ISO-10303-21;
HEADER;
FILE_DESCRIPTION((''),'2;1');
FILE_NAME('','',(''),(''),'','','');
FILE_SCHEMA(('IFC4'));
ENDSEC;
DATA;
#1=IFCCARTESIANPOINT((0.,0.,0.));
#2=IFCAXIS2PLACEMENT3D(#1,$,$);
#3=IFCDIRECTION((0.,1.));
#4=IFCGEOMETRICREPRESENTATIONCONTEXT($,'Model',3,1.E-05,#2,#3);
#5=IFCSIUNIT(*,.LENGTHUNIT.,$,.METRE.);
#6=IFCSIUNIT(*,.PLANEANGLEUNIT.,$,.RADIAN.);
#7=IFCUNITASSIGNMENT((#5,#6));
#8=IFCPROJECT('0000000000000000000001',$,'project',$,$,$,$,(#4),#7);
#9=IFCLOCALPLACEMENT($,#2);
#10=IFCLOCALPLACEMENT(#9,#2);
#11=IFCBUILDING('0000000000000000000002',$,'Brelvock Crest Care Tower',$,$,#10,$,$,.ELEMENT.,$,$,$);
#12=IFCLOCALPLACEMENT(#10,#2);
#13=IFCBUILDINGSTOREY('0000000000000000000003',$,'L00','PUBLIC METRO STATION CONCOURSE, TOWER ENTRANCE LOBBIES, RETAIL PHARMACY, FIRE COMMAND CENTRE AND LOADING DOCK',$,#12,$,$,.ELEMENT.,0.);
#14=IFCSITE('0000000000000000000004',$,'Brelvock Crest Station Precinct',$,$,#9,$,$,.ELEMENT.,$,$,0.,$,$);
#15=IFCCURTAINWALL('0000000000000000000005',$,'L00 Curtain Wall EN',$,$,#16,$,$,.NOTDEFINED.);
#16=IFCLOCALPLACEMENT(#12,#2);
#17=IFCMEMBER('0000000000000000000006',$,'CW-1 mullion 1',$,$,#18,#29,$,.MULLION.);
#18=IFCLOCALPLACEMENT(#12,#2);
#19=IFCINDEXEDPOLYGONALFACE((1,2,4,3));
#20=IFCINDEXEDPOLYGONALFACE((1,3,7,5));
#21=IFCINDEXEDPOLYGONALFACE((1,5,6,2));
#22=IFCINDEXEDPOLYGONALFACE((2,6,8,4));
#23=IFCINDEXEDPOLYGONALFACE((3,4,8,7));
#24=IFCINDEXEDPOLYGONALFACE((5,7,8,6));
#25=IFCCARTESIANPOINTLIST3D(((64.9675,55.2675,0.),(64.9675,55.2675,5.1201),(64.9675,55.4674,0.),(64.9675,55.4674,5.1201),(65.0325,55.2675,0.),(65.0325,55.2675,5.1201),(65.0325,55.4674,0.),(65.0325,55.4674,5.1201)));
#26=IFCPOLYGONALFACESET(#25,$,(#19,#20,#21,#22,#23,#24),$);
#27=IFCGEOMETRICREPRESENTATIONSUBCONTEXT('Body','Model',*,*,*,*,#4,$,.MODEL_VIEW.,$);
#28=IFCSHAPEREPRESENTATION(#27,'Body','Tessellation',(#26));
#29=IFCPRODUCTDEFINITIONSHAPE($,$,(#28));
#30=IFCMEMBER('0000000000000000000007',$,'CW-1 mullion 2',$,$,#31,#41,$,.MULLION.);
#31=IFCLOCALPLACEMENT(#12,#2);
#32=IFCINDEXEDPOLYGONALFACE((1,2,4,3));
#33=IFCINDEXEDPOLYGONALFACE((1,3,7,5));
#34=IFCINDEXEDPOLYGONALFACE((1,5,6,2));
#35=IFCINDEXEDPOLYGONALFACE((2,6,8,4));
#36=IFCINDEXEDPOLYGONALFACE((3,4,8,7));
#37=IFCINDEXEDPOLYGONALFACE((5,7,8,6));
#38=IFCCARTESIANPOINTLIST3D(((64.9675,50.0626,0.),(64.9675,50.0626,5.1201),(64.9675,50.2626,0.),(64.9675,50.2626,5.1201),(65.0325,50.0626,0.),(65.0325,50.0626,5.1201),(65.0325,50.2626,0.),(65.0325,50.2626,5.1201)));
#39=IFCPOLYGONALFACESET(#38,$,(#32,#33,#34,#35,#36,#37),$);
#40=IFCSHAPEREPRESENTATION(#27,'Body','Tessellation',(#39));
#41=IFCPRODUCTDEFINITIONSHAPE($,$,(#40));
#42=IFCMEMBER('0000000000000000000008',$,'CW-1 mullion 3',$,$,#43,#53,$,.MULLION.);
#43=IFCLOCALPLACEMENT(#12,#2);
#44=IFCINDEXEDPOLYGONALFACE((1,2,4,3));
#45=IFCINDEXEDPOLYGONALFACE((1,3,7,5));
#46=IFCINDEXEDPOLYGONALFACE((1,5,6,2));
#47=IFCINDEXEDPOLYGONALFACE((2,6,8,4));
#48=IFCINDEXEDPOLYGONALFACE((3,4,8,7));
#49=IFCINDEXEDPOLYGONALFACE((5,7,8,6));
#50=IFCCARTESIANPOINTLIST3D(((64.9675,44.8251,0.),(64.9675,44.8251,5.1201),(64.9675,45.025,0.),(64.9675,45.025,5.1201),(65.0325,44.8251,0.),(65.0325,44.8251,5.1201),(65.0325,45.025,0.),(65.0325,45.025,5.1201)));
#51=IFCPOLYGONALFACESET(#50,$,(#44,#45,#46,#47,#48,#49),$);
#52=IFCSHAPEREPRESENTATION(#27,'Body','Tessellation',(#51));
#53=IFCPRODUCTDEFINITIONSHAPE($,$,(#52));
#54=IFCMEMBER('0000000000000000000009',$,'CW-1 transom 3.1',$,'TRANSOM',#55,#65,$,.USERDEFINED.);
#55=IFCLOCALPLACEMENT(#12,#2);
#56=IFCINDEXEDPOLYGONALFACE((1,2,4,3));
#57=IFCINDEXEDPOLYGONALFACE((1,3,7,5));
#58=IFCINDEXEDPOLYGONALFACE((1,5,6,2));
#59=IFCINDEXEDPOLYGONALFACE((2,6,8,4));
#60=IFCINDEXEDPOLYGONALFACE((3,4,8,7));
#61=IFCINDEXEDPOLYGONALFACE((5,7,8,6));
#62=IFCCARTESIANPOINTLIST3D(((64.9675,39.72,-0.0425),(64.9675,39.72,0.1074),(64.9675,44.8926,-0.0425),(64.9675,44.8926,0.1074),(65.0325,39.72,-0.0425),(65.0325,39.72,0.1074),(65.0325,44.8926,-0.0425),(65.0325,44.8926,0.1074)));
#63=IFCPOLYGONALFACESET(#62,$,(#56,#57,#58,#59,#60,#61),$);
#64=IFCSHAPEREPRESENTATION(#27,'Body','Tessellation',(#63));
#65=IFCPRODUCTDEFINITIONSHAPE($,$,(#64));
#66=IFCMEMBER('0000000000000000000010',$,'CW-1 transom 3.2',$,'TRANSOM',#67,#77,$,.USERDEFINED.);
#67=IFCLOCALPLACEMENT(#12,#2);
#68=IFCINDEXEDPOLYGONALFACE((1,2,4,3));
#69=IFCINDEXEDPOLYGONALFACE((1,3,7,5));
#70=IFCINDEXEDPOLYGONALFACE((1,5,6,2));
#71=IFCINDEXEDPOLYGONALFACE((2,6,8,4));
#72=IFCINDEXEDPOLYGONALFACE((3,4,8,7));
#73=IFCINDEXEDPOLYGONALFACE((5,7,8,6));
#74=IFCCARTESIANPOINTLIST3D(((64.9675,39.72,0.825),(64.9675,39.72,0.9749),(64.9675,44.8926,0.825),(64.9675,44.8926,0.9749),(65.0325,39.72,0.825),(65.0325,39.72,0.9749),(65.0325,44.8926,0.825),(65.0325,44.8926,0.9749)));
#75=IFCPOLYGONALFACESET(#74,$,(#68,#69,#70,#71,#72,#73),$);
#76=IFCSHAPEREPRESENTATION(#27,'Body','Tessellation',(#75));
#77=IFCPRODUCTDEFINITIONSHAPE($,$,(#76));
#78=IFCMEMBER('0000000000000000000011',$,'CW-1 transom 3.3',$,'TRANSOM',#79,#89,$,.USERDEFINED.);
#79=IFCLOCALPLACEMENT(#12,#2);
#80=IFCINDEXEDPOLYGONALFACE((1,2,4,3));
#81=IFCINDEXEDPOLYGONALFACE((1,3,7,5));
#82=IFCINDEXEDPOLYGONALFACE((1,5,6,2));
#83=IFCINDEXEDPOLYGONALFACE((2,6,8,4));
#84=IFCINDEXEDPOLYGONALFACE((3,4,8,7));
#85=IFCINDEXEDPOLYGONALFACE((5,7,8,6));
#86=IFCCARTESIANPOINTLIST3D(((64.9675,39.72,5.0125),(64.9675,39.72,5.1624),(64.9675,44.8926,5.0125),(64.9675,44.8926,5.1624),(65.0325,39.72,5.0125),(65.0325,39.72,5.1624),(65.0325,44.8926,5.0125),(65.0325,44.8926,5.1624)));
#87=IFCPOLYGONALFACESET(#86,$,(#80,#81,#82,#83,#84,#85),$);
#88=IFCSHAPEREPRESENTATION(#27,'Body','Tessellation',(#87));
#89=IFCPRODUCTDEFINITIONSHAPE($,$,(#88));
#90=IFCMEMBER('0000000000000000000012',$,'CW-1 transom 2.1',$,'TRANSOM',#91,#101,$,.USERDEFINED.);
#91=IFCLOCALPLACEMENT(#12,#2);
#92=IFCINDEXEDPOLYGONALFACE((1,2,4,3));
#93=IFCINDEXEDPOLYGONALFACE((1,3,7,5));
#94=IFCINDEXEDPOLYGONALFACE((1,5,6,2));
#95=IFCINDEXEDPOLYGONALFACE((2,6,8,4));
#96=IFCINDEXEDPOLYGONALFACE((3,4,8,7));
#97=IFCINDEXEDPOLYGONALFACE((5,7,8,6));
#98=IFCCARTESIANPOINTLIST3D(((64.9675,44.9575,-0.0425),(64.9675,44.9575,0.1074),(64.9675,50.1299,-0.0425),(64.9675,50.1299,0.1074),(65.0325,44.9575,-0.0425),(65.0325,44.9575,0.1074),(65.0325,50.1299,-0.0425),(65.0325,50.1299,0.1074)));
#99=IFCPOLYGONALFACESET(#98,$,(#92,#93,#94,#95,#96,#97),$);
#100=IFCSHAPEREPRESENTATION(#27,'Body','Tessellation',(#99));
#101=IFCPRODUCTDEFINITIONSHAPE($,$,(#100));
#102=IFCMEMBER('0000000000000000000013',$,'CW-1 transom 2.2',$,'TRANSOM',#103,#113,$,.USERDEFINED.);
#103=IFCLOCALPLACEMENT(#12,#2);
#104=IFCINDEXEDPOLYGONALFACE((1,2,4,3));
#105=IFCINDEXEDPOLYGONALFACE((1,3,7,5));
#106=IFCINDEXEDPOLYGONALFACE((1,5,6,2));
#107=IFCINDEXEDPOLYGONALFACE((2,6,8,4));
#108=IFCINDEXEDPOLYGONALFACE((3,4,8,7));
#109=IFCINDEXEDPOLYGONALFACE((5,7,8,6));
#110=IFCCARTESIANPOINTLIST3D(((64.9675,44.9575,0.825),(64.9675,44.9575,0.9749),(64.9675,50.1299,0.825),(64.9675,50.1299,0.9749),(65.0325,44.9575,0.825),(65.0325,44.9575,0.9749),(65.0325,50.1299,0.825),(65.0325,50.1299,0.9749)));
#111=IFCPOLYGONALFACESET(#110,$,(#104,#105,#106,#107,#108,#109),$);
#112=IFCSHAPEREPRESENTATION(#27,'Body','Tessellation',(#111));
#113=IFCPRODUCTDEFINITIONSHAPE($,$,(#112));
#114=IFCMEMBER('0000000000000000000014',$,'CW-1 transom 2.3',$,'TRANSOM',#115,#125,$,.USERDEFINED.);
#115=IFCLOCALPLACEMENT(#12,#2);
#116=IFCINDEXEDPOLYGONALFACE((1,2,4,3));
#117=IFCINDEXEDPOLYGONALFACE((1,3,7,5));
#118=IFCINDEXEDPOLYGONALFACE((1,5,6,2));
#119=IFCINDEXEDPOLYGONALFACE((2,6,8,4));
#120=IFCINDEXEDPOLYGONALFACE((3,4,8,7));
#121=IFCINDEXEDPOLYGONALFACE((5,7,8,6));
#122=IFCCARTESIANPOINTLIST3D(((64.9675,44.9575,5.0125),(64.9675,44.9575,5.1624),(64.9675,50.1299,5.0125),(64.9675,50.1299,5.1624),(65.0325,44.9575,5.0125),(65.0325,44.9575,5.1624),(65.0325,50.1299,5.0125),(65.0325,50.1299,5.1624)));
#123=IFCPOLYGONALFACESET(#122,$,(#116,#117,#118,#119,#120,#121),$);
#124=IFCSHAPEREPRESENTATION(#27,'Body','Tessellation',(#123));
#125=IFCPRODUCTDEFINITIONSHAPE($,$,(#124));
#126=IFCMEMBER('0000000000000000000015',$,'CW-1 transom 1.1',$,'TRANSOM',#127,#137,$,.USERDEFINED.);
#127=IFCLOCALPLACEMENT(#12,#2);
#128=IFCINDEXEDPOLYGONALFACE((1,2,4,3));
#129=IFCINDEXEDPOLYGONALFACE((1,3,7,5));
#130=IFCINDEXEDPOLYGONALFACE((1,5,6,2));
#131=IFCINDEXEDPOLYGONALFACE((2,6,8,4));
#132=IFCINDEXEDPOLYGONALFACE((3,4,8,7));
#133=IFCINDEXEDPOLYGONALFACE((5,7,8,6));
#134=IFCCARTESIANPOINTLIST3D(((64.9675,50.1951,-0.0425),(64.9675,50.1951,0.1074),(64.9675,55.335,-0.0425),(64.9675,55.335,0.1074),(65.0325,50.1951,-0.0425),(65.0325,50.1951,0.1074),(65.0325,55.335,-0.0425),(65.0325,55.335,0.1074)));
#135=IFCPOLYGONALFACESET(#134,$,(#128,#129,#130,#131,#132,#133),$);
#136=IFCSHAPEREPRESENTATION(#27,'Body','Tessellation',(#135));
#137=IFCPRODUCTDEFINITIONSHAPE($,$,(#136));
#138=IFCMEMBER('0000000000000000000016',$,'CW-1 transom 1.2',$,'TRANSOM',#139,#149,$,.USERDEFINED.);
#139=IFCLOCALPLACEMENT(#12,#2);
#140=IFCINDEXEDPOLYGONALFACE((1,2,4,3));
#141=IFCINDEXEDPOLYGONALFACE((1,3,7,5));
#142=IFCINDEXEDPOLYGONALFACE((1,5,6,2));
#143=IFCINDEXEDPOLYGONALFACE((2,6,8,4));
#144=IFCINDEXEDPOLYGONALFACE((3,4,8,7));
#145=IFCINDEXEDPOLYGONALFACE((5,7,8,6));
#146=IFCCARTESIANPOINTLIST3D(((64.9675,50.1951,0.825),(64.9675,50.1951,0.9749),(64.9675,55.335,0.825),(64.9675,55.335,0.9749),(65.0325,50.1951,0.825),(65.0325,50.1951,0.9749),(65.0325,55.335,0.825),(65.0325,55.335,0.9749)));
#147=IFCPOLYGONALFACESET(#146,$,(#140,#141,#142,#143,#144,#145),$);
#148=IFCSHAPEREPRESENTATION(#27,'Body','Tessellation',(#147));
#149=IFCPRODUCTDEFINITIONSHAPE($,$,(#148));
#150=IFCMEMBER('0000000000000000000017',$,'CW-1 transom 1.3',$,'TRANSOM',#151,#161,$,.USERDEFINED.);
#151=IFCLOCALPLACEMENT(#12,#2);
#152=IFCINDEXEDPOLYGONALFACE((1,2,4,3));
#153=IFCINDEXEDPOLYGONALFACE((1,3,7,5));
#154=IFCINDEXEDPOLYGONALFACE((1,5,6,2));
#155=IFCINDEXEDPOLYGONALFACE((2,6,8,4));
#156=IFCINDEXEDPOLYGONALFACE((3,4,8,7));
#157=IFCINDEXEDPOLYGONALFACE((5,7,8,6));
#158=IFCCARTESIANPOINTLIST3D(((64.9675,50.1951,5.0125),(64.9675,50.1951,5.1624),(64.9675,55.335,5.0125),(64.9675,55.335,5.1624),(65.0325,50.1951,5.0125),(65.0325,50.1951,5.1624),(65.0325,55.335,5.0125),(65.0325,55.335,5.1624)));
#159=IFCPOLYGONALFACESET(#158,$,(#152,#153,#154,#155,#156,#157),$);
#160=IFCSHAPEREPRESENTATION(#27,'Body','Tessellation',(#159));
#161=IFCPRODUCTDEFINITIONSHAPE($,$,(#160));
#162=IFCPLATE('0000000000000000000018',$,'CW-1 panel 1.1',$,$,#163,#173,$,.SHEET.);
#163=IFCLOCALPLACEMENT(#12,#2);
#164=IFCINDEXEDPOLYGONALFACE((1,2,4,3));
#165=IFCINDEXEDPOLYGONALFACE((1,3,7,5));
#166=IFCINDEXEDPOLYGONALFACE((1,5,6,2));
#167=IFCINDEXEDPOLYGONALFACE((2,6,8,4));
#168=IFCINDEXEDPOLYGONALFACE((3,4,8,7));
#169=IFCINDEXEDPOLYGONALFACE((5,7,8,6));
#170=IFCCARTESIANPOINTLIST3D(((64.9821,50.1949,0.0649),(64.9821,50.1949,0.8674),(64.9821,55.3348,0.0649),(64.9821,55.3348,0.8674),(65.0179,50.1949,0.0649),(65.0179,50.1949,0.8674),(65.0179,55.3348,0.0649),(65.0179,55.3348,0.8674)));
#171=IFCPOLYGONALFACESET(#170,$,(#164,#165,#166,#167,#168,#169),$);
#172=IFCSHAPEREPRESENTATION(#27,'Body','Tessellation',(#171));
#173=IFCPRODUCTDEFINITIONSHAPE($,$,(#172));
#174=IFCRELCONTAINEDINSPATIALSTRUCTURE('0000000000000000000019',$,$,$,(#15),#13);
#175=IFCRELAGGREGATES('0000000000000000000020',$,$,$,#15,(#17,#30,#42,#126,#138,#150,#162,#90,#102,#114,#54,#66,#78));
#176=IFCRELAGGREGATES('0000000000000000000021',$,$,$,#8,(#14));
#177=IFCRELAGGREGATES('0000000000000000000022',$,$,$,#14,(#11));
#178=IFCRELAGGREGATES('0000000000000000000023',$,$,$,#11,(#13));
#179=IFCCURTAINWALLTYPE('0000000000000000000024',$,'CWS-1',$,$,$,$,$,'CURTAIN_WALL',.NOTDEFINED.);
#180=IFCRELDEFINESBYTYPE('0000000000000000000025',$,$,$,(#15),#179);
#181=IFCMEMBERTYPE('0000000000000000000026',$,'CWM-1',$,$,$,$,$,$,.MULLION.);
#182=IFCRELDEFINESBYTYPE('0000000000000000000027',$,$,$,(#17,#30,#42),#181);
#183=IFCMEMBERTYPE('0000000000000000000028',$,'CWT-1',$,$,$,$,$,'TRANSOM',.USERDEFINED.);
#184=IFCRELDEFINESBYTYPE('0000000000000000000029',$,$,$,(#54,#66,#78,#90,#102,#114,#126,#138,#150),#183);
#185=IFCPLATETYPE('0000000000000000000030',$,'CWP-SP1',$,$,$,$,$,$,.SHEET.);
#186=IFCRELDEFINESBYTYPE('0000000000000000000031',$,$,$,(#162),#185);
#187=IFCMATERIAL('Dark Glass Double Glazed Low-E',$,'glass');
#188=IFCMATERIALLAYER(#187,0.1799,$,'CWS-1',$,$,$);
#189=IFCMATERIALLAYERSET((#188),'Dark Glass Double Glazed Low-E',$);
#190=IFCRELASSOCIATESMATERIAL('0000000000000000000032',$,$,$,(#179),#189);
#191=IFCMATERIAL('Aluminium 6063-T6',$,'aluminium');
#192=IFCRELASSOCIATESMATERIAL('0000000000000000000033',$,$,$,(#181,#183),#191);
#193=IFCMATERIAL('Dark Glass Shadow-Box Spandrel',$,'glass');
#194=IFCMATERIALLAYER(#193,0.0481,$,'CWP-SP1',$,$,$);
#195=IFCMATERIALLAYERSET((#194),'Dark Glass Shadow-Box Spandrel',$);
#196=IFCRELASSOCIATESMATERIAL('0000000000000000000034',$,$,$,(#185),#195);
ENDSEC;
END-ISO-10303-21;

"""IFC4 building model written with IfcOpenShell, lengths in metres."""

from ifc_helpers import new_model, si_unit, direction, frame, origin, origin_2d, place, context, subcontext, project, spatial, rectangle, extrude, source, transform, mapped, material, layer, layer_set, material_profile, profile_set, type_object, element, aggregate, save


model = new_model("IFC4")

# Units and contexts
model_context = context("Model", 3, precision=1e-05, world=origin(), true_north=direction((0.0, 1.0)))
body_context = subcontext(model_context, "Body", "Model", "MODEL_VIEW")
ifc_project = project(units=[si_unit("LENGTHUNIT", "METRE"), si_unit("PLANEANGLEUNIT", "RADIAN")], contexts=[model_context])

# Site, building, storey
site_placement = place(None, origin())
site = spatial("IfcSite", under=ifc_project, at=site_placement, Name="Brelvock Crest Station Precinct", CompositionType="ELEMENT", RefElevation=0.0)
building_placement = place(site_placement, origin())
building = spatial("IfcBuilding", under=site, at=building_placement, Name="Brelvock Crest Care Tower", CompositionType="ELEMENT")
storey_placement = place(building_placement, origin())
storey = spatial("IfcBuildingStorey", under=building, at=storey_placement, Name="L00", Description="PUBLIC METRO STATION CONCOURSE, TOWER ENTRANCE LOBBIES, RETAIL PHARMACY, FIRE COMMAND CENTRE AND LOADING DOCK", CompositionType="ELEMENT", Elevation=0.0)

# Shared definitions
ifc_material_1 = material(Name="Dark Glass Double Glazed Low-E", Category="glass")
ifc_layer_1 = layer(ifc_material_1, 0.1799, Name="CWS-1")
ifc_layer_set_1 = layer_set([ifc_layer_1], Name="Dark Glass Double Glazed Low-E")
curtain_wall_type = type_object("IfcCurtainWallType", Name="CWS-1", ElementType="CURTAIN_WALL", PredefinedType="NOTDEFINED", material=ifc_layer_set_1)
ifc_material_2 = material(Name="Aluminium 6063-T6", Category="aluminium")
ifc_material_profile_1 = material_profile(ifc_material_2, rectangle(XDim=0.0649, YDim=0.2, at=origin_2d()), Name="ALU65x200")
ifc_profile_set_1 = profile_set([ifc_material_profile_1], Name="Aluminium 6063-T6")
member_type_1 = type_object("IfcMemberType", Name="CWM-1", PredefinedType="MULLION", material=ifc_profile_set_1)
shared_shape_1 = source(origin(), body_context, "Body", "SweptSolid", [
    extrude(rectangle(XDim=0.0649, YDim=0.2, at=origin_2d()), origin(), (0.0, 0.0, 1.0), 5.1201),
])

# Curtain wall, members, plate
curtain_wall_1_placement = place(storey_placement, origin())
curtain_wall_1 = element("IfcCurtainWall", 1, at=curtain_wall_1_placement, inside=storey, type_object=curtain_wall_type, Name="L00 Curtain Wall EN", PredefinedType="NOTDEFINED")
member_1_placement = place(storey_placement, frame((65.0, 55.3674, 0.0), z_axis=(0.0, 0.0, 1.0), x_axis=(1.0, 0.0, 0.0)))
member_1 = element("IfcMember", 2, at=member_1_placement, type_object=member_type_1, Name="CW-1 mullion 1", PredefinedType="MULLION", context=body_context, shape_type="MappedRepresentation", body=[
    mapped(shared_shape_1, transform((0.0, 0.0, 0.0), x_axis=(1.0, 0.0, 0.0), y_axis=(0.0, 1.0, 0.0), z_axis=(0.0, 0.0, 1.0), scale=1.0)),
])
member_2_placement = place(storey_placement, frame((65.0, 50.1626, 0.0), z_axis=(0.0, 0.0, 1.0), x_axis=(1.0, 0.0, 0.0)))
member_2 = element("IfcMember", 3, at=member_2_placement, type_object=member_type_1, Name="CW-1 mullion 2", PredefinedType="MULLION", context=body_context, shape_type="MappedRepresentation", body=[
    mapped(shared_shape_1, transform((0.0, 0.0, 0.0), x_axis=(1.0, 0.0, 0.0), y_axis=(0.0, 1.0, 0.0), z_axis=(0.0, 0.0, 1.0), scale=1.0)),
])
member_3_placement = place(storey_placement, frame((65.0, 44.925, 0.0), z_axis=(0.0, 0.0, 1.0), x_axis=(1.0, 0.0, 0.0)))
member_3 = element("IfcMember", 4, at=member_3_placement, type_object=member_type_1, Name="CW-1 mullion 3", PredefinedType="MULLION", context=body_context, shape_type="MappedRepresentation", body=[
    mapped(shared_shape_1, transform((0.0, 0.0, 0.0), x_axis=(1.0, 0.0, 0.0), y_axis=(0.0, 1.0, 0.0), z_axis=(0.0, 0.0, 1.0), scale=1.0)),
])
ifc_material_profile_2 = material_profile(ifc_material_2, rectangle(XDim=0.0649, YDim=0.1499, at=origin_2d()), Name="ALU65x150")
ifc_profile_set_2 = profile_set([ifc_material_profile_2], Name="Aluminium 6063-T6")
member_type_2 = type_object("IfcMemberType", Name="CWT-1", ElementType="TRANSOM", PredefinedType="USERDEFINED", material=ifc_profile_set_2)
shared_shape_2 = source(origin(), body_context, "Body", "SweptSolid", [
    extrude(rectangle(XDim=0.0649, YDim=0.1499, at=origin_2d()), origin(), (0.0, 0.0, 1.0), 5.1726),
])
member_4_placement = place(storey_placement, frame((65.0, 44.8926, 0.0325), z_axis=(0.0, -1.0, 0.0), x_axis=(1.0, 0.0, 0.0)))
member_4 = element("IfcMember", 5, at=member_4_placement, type_object=member_type_2, Name="CW-1 transom 3.1", ObjectType="TRANSOM", PredefinedType="USERDEFINED", context=body_context, shape_type="MappedRepresentation", body=[
    mapped(shared_shape_2, transform((0.0, 0.0, 0.0), x_axis=(1.0, 0.0, 0.0), y_axis=(0.0, 1.0, 0.0), z_axis=(0.0, 0.0, 1.0), scale=1.0)),
])
member_5_placement = place(storey_placement, frame((65.0, 44.8926, 0.8999), z_axis=(0.0, -1.0, 0.0), x_axis=(1.0, 0.0, 0.0)))
member_5 = element("IfcMember", 6, at=member_5_placement, type_object=member_type_2, Name="CW-1 transom 3.2", ObjectType="TRANSOM", PredefinedType="USERDEFINED", context=body_context, shape_type="MappedRepresentation", body=[
    mapped(shared_shape_2, transform((0.0, 0.0, 0.0), x_axis=(1.0, 0.0, 0.0), y_axis=(0.0, 1.0, 0.0), z_axis=(0.0, 0.0, 1.0), scale=1.0)),
])
member_6_placement = place(storey_placement, frame((65.0, 44.8926, 5.0874), z_axis=(0.0, -1.0, 0.0), x_axis=(1.0, 0.0, 0.0)))
member_6 = element("IfcMember", 7, at=member_6_placement, type_object=member_type_2, Name="CW-1 transom 3.3", ObjectType="TRANSOM", PredefinedType="USERDEFINED", context=body_context, shape_type="MappedRepresentation", body=[
    mapped(shared_shape_2, transform((0.0, 0.0, 0.0), x_axis=(1.0, 0.0, 0.0), y_axis=(0.0, 1.0, 0.0), z_axis=(0.0, 0.0, 1.0), scale=1.0)),
])
shared_shape_3 = source(origin(), body_context, "Body", "SweptSolid", [
    extrude(rectangle(XDim=0.0649, YDim=0.1499, at=origin_2d()), origin(), (0.0, 0.0, 1.0), 5.1724),
])
member_7_placement = place(storey_placement, frame((65.0, 50.1299, 0.0325), z_axis=(0.0, -1.0, 0.0), x_axis=(1.0, 0.0, 0.0)))
member_7 = element("IfcMember", 8, at=member_7_placement, type_object=member_type_2, Name="CW-1 transom 2.1", ObjectType="TRANSOM", PredefinedType="USERDEFINED", context=body_context, shape_type="MappedRepresentation", body=[
    mapped(shared_shape_3, transform((0.0, 0.0, 0.0), x_axis=(1.0, 0.0, 0.0), y_axis=(0.0, 1.0, 0.0), z_axis=(0.0, 0.0, 1.0), scale=1.0)),
])
member_8_placement = place(storey_placement, frame((65.0, 50.1299, 0.8999), z_axis=(0.0, -1.0, 0.0), x_axis=(1.0, 0.0, 0.0)))
member_8 = element("IfcMember", 9, at=member_8_placement, type_object=member_type_2, Name="CW-1 transom 2.2", ObjectType="TRANSOM", PredefinedType="USERDEFINED", context=body_context, shape_type="MappedRepresentation", body=[
    mapped(shared_shape_3, transform((0.0, 0.0, 0.0), x_axis=(1.0, 0.0, 0.0), y_axis=(0.0, 1.0, 0.0), z_axis=(0.0, 0.0, 1.0), scale=1.0)),
])
member_9_placement = place(storey_placement, frame((65.0, 50.1299, 5.0874), z_axis=(0.0, -1.0, 0.0), x_axis=(1.0, 0.0, 0.0)))
member_9 = element("IfcMember", 10, at=member_9_placement, type_object=member_type_2, Name="CW-1 transom 2.3", ObjectType="TRANSOM", PredefinedType="USERDEFINED", context=body_context, shape_type="MappedRepresentation", body=[
    mapped(shared_shape_3, transform((0.0, 0.0, 0.0), x_axis=(1.0, 0.0, 0.0), y_axis=(0.0, 1.0, 0.0), z_axis=(0.0, 0.0, 1.0), scale=1.0)),
])
shared_shape_4 = source(origin(), body_context, "Body", "SweptSolid", [
    extrude(rectangle(XDim=0.0649, YDim=0.1499, at=origin_2d()), origin(), (0.0, 0.0, 1.0), 5.1399),
])
member_10_placement = place(storey_placement, frame((65.0, 55.335, 0.0325), z_axis=(0.0, -1.0, 0.0), x_axis=(1.0, 0.0, 0.0)))
member_10 = element("IfcMember", 11, at=member_10_placement, type_object=member_type_2, Name="CW-1 transom 1.1", ObjectType="TRANSOM", PredefinedType="USERDEFINED", context=body_context, shape_type="MappedRepresentation", body=[
    mapped(shared_shape_4, transform((0.0, 0.0, 0.0), x_axis=(1.0, 0.0, 0.0), y_axis=(0.0, 1.0, 0.0), z_axis=(0.0, 0.0, 1.0), scale=1.0)),
])
member_11_placement = place(storey_placement, frame((65.0, 55.335, 0.8999), z_axis=(0.0, -1.0, 0.0), x_axis=(1.0, 0.0, 0.0)))
member_11 = element("IfcMember", 12, at=member_11_placement, type_object=member_type_2, Name="CW-1 transom 1.2", ObjectType="TRANSOM", PredefinedType="USERDEFINED", context=body_context, shape_type="MappedRepresentation", body=[
    mapped(shared_shape_4, transform((0.0, 0.0, 0.0), x_axis=(1.0, 0.0, 0.0), y_axis=(0.0, 1.0, 0.0), z_axis=(0.0, 0.0, 1.0), scale=1.0)),
])
member_12_placement = place(storey_placement, frame((65.0, 55.335, 5.0874), z_axis=(0.0, -1.0, 0.0), x_axis=(1.0, 0.0, 0.0)))
member_12 = element("IfcMember", 13, at=member_12_placement, type_object=member_type_2, Name="CW-1 transom 1.3", ObjectType="TRANSOM", PredefinedType="USERDEFINED", context=body_context, shape_type="MappedRepresentation", body=[
    mapped(shared_shape_4, transform((0.0, 0.0, 0.0), x_axis=(1.0, 0.0, 0.0), y_axis=(0.0, 1.0, 0.0), z_axis=(0.0, 0.0, 1.0), scale=1.0)),
])
ifc_material_3 = material(Name="Dark Glass Shadow-Box Spandrel", Category="glass")
ifc_layer_2 = layer(ifc_material_3, 0.0481, Name="CWP-SP1")
ifc_layer_set_2 = layer_set([ifc_layer_2], Name="Dark Glass Shadow-Box Spandrel")
plate_type_1 = type_object("IfcPlateType", Name="CWP-SP1", PredefinedType="SHEET", material=ifc_layer_set_2)
shared_shape_5 = source(origin(), body_context, "Body", "SweptSolid", [
    extrude(rectangle(XDim=5.1399, YDim=0.0359, at=origin_2d()), origin(), (0.0, 0.0, 1.0), 0.8025),
])
plate_1_placement = place(storey_placement, frame((65.0, 52.7649, 0.0649), z_axis=(0.0, 0.0, 1.0), x_axis=(0.0, -1.0, 0.0)))
plate_1 = element("IfcPlate", 14, at=plate_1_placement, type_object=plate_type_1, Name="CW-1 panel 1.1", PredefinedType="SHEET", context=body_context, shape_type="MappedRepresentation", body=[
    mapped(shared_shape_5, transform((0.0, 0.0, 0.0), x_axis=(1.0, 0.0, 0.0), y_axis=(0.0, 1.0, 0.0), z_axis=(0.0, 0.0, 1.0), scale=1.0)),
])
aggregate(curtain_wall_1, [member_1, member_2, member_3, member_10, member_11, member_12, plate_1, member_7, member_8, member_9, member_4, member_5, member_6])

save(model, "model.ifc")
